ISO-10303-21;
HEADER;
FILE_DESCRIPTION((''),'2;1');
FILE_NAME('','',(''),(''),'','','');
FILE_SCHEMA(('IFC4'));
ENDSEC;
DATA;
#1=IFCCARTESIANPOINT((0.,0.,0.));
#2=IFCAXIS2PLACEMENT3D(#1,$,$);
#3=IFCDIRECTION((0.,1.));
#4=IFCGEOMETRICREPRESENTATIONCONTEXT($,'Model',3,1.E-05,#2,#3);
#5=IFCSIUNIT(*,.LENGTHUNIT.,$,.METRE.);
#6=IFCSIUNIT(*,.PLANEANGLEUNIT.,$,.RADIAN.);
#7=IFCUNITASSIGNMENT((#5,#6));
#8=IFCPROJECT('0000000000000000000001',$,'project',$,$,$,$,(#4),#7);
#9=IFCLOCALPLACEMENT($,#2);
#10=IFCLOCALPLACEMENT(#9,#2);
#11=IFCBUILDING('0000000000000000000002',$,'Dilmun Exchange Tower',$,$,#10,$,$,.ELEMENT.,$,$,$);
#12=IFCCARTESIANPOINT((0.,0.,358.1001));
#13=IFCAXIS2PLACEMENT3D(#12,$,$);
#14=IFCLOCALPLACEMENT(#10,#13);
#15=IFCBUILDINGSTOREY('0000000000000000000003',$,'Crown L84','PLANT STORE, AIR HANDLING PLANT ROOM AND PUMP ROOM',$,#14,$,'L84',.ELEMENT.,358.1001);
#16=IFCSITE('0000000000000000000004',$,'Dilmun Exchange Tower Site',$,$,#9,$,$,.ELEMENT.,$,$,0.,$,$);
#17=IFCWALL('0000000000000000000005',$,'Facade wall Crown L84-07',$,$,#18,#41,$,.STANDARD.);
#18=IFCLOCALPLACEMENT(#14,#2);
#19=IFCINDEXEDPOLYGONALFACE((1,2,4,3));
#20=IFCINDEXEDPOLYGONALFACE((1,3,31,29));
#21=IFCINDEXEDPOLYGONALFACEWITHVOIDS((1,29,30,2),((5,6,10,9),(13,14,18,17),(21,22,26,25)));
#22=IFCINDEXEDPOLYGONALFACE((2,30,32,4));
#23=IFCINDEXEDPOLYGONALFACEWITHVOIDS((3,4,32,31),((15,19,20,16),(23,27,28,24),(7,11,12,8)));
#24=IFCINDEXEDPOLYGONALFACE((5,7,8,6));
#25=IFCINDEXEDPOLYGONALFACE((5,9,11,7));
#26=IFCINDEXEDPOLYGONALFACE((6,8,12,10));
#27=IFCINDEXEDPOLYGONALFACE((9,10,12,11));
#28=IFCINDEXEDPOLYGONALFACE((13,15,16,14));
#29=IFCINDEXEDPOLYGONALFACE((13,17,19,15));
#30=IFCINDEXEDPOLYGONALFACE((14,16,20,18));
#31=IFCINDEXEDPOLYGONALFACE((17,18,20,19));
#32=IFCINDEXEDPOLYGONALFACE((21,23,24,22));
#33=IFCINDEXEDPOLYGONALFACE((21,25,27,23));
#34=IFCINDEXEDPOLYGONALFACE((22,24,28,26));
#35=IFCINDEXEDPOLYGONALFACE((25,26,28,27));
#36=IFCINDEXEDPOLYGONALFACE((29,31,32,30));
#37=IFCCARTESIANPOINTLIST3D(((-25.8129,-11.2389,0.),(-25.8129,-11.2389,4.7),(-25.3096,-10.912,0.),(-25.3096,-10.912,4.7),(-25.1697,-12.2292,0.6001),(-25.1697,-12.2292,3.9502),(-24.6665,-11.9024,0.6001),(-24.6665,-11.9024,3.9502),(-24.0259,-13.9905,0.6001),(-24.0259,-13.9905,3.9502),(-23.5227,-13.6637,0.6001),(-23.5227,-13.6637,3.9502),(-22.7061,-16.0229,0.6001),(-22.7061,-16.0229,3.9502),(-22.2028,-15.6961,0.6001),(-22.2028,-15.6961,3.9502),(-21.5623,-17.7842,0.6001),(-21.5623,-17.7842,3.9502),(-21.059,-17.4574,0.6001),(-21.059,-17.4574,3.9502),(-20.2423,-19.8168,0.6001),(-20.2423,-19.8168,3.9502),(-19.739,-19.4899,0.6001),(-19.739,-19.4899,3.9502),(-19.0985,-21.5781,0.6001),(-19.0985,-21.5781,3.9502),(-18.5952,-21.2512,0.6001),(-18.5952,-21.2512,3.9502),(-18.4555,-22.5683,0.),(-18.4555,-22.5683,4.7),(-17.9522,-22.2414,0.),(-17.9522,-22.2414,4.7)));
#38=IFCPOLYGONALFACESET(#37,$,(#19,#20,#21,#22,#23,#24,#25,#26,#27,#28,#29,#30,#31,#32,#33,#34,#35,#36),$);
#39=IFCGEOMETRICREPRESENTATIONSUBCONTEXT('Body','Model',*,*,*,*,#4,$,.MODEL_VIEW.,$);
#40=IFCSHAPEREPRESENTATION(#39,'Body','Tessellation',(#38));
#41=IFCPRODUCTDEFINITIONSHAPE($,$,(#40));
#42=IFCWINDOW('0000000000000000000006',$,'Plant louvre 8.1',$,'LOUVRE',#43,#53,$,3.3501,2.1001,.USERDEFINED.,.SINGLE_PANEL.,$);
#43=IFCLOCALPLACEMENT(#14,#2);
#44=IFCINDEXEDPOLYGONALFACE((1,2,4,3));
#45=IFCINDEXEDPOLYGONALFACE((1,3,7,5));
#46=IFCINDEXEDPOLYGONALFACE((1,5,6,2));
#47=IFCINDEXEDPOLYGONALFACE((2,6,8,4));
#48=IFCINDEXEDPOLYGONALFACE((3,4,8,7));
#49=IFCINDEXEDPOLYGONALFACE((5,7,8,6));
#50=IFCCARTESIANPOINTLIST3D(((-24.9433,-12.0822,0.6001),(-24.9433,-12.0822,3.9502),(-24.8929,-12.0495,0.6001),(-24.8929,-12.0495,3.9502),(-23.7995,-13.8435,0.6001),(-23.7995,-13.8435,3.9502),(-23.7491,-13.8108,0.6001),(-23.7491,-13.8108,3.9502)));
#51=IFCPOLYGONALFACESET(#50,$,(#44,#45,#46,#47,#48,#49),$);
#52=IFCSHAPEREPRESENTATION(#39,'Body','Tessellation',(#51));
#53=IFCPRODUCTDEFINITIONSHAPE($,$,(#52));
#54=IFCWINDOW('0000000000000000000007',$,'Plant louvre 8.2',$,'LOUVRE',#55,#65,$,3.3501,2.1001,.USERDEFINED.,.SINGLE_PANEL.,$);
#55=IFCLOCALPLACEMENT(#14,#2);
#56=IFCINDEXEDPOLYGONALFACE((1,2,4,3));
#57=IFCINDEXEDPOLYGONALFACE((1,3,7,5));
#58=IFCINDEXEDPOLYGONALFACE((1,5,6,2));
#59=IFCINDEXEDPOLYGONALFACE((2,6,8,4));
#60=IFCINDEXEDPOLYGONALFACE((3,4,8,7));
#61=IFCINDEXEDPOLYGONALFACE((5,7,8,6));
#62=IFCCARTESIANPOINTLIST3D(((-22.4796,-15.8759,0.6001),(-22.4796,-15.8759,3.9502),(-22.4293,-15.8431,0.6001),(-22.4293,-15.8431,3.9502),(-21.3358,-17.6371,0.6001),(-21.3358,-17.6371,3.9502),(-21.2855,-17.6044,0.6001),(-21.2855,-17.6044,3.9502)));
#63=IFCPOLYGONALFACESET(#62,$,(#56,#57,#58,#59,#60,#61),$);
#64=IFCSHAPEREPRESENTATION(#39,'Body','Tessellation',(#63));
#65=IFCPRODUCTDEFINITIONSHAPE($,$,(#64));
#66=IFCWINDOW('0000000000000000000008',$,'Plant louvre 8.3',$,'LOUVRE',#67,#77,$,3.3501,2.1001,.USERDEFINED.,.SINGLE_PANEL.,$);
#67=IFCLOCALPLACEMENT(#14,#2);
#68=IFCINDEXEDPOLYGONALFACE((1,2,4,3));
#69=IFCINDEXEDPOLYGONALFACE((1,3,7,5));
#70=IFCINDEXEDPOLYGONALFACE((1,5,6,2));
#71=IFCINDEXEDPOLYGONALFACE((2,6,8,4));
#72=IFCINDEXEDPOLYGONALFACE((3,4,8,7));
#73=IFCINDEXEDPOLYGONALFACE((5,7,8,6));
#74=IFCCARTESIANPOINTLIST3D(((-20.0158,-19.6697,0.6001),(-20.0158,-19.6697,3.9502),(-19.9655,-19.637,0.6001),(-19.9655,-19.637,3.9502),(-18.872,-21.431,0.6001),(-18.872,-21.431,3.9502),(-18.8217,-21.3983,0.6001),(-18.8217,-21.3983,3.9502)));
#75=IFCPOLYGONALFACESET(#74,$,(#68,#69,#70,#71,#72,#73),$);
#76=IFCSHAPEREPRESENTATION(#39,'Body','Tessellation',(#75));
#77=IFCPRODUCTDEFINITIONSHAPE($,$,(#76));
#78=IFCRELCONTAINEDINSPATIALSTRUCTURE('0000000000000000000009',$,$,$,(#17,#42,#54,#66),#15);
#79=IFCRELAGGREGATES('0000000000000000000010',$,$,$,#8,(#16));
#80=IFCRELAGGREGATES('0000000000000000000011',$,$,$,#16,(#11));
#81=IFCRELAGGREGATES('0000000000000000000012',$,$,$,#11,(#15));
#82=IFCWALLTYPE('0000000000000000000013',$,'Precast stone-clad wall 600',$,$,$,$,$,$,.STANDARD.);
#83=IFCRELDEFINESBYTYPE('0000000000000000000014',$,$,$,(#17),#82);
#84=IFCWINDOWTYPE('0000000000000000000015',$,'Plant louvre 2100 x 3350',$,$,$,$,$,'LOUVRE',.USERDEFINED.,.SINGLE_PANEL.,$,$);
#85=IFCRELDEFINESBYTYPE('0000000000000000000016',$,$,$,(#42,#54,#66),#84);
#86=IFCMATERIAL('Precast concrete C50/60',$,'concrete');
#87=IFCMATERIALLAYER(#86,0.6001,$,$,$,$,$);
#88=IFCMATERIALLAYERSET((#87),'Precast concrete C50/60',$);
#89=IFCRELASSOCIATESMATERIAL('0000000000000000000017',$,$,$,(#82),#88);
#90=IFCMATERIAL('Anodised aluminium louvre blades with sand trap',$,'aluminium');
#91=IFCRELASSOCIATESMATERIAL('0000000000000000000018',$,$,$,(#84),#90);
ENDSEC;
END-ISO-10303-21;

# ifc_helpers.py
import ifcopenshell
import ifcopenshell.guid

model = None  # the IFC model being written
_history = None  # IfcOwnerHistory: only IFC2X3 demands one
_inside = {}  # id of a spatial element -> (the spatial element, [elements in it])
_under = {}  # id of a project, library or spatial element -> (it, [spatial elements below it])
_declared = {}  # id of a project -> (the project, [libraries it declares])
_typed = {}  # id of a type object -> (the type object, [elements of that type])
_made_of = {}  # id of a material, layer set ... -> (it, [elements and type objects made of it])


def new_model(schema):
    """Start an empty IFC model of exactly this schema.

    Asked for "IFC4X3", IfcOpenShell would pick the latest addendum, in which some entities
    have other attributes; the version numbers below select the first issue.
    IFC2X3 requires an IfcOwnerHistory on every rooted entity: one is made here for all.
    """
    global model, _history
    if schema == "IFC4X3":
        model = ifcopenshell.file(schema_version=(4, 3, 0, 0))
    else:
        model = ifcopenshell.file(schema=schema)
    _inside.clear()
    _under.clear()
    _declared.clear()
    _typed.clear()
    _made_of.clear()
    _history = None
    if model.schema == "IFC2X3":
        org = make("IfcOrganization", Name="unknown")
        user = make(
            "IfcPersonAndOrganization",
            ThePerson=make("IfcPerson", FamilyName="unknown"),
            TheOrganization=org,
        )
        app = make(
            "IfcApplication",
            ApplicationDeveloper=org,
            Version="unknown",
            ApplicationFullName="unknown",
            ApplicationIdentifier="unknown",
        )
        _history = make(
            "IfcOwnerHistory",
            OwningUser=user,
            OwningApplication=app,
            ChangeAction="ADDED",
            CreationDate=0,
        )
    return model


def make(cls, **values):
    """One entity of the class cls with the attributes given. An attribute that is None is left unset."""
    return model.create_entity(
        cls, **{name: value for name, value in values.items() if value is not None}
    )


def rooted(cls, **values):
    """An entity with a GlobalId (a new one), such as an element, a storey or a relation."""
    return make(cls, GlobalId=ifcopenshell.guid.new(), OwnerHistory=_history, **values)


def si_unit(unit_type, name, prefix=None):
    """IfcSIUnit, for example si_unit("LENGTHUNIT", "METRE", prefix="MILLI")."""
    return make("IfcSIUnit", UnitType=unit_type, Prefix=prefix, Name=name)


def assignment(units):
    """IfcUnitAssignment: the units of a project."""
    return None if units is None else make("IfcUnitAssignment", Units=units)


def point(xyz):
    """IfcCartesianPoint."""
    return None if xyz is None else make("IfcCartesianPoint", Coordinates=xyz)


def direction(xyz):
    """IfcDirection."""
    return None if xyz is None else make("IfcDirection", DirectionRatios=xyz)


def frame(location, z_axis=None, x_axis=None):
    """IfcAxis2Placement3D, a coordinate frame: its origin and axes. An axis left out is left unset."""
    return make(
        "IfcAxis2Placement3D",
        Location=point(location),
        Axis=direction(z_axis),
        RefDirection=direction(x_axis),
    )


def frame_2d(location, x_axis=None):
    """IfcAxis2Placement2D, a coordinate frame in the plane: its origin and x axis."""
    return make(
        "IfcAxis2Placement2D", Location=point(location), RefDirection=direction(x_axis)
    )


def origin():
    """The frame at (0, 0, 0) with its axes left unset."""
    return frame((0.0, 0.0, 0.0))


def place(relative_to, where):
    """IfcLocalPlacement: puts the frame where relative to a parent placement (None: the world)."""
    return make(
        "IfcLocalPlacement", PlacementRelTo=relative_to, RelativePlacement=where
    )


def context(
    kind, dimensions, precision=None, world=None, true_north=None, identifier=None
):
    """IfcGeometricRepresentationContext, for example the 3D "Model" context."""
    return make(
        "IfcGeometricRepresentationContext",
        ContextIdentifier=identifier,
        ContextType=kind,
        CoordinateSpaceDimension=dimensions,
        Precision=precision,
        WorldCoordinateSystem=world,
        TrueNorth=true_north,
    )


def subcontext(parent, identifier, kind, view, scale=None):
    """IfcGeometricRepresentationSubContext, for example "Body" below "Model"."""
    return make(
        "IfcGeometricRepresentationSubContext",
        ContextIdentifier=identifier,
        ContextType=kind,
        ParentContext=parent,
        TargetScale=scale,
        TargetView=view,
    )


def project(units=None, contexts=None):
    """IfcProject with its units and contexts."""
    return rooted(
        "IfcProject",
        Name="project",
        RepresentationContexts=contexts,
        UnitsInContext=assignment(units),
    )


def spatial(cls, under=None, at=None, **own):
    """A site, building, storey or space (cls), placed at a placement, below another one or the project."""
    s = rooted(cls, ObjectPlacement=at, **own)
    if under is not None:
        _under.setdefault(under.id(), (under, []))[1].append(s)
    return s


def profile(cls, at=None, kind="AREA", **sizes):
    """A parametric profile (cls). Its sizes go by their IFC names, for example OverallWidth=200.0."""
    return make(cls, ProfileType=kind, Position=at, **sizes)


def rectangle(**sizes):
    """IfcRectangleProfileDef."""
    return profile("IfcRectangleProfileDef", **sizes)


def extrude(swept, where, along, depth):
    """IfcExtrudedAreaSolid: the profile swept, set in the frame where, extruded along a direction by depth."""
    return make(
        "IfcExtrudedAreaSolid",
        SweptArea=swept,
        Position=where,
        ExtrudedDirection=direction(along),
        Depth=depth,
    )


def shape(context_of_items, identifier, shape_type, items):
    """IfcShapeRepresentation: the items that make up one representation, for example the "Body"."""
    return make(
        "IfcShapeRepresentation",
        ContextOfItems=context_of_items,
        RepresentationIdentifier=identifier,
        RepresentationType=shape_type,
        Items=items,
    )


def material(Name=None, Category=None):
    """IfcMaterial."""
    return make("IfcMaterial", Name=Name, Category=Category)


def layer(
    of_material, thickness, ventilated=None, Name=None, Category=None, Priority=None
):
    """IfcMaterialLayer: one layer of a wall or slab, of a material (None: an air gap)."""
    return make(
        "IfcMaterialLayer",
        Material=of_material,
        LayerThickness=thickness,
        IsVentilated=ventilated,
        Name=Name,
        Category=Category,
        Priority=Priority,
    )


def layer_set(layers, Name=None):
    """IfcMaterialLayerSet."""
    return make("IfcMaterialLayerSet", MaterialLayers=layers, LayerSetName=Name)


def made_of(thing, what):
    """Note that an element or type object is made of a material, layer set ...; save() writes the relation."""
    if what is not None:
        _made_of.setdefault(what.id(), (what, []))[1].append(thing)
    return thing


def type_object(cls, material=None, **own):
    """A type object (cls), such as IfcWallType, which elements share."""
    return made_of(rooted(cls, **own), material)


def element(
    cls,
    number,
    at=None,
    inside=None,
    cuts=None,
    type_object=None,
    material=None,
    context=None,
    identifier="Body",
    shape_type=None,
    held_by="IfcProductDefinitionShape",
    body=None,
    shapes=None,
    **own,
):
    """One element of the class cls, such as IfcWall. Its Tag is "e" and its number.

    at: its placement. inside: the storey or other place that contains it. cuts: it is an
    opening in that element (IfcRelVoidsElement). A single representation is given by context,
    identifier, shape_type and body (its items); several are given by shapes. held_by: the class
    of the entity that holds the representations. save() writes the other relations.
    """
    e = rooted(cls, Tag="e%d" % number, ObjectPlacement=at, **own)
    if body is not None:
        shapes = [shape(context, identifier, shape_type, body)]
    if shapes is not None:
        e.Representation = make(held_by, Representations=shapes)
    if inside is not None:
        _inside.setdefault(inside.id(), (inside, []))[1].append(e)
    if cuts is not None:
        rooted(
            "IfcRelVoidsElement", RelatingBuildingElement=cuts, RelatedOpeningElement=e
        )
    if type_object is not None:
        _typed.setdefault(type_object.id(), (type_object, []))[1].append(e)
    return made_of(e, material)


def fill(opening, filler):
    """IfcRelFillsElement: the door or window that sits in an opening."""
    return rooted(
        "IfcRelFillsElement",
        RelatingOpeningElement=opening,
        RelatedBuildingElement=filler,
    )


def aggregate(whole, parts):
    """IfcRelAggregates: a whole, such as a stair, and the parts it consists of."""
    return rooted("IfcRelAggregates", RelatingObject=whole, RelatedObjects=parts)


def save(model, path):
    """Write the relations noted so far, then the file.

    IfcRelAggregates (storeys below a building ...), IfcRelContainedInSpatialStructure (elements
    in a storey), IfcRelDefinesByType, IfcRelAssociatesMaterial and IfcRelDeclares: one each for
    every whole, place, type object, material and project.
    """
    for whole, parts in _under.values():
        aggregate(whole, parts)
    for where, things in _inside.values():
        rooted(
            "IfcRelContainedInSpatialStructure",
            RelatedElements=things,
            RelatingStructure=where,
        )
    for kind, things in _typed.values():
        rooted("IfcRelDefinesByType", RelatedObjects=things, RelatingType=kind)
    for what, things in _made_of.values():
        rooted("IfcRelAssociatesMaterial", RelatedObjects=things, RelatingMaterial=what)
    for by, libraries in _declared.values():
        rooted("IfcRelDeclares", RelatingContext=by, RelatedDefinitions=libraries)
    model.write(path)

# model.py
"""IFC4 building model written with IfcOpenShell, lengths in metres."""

from ifc_helpers import new_model, si_unit, direction, frame, frame_2d, origin, place, context, subcontext, project, spatial, rectangle, extrude, material, layer, layer_set, type_object, element, fill, save


model = new_model("IFC4")

# Units and contexts
model_context = context("Model", 3, precision=1e-05, world=origin(), true_north=direction((0.0, 1.0)))
body_context = subcontext(model_context, "Body", "Model", "MODEL_VIEW")
ifc_project = project(units=[si_unit("LENGTHUNIT", "METRE"), si_unit("PLANEANGLEUNIT", "RADIAN")], contexts=[model_context])

# Site, building, storey
site_placement = place(None, origin())
site = spatial("IfcSite", under=ifc_project, at=site_placement, Name="Dilmun Exchange Tower Site", CompositionType="ELEMENT", RefElevation=0.0)
building_placement = place(site_placement, origin())
building = spatial("IfcBuilding", under=site, at=building_placement, Name="Dilmun Exchange Tower", CompositionType="ELEMENT")
storey_placement = place(building_placement, frame((0.0, 0.0, 358.1001)))
storey = spatial("IfcBuildingStorey", under=building, at=storey_placement, Name="Crown L84", Description="PLANT STORE, AIR HANDLING PLANT ROOM AND PUMP ROOM", LongName="L84", CompositionType="ELEMENT", Elevation=358.1001)

# Wall, openings, windows
ifc_material_1 = material(Name="Precast concrete C50/60", Category="concrete")
ifc_layer_1 = layer(ifc_material_1, 0.6001)
ifc_layer_set_1 = layer_set([ifc_layer_1], Name="Precast concrete C50/60")
wall_type_1 = type_object("IfcWallType", Name="Precast stone-clad wall 600", PredefinedType="STANDARD", material=ifc_layer_set_1)
wall_1_placement = place(storey_placement, frame((-25.5613, -11.0754, 0.0), z_axis=(0.0, 0.0, 1.0), x_axis=(0.544642, -0.838669, 0.0)))
wall_1 = element("IfcWall", 1, at=wall_1_placement, inside=storey, type_object=wall_type_1, Name="Facade wall Crown L84-07", PredefinedType="STANDARD", context=body_context, shape_type="SweptSolid", body=[
    extrude(rectangle(XDim=13.5088, YDim=0.6001, at=frame_2d((6.7544, 0.0))), origin(), (0.0, 0.0, 1.0), 4.7),
])
opening_1_placement = place(wall_1_placement, frame((1.1809, 0.0, 0.6001)))
opening_1 = element("IfcOpeningElement", 2, at=opening_1_placement, cuts=wall_1, PredefinedType="OPENING", context=body_context, shape_type="SweptSolid", body=[
    extrude(rectangle(XDim=2.1001, YDim=3.3501, at=frame_2d((1.05, 1.675))), frame((0.0, 0.3101, 0.0), z_axis=(0.0, -1.0, 0.0), x_axis=(1.0, 0.0, 0.0)), (0.0, 0.0, 1.0), 0.6201),
])
opening_2_placement = place(wall_1_placement, frame((5.7043, 0.0, 0.6001)))
opening_2 = element("IfcOpeningElement", 3, at=opening_2_placement, cuts=wall_1, PredefinedType="OPENING", context=body_context, shape_type="SweptSolid", body=[
    extrude(rectangle(XDim=2.1001, YDim=3.3501, at=frame_2d((1.05, 1.675))), frame((0.0, 0.3101, 0.0), z_axis=(0.0, -1.0, 0.0), x_axis=(1.0, 0.0, 0.0)), (0.0, 0.0, 1.0), 0.6201),
])
opening_3_placement = place(wall_1_placement, frame((10.228, 0.0, 0.6001)))
opening_3 = element("IfcOpeningElement", 4, at=opening_3_placement, cuts=wall_1, PredefinedType="OPENING", context=body_context, shape_type="SweptSolid", body=[
    extrude(rectangle(XDim=2.1001, YDim=3.3501, at=frame_2d((1.05, 1.675))), frame((0.0, 0.3101, 0.0), z_axis=(0.0, -1.0, 0.0), x_axis=(1.0, 0.0, 0.0)), (0.0, 0.0, 1.0), 0.6201),
])
ifc_material_2 = material(Name="Anodised aluminium louvre blades with sand trap", Category="aluminium")
window_type = type_object("IfcWindowType", Name="Plant louvre 2100 x 3350", ElementType="LOUVRE", PartitioningType="SINGLE_PANEL", PredefinedType="USERDEFINED", material=ifc_material_2)
window_1_placement = place(opening_1_placement, origin())
window_1 = element("IfcWindow", 5, at=window_1_placement, inside=storey, type_object=window_type, Name="Plant louvre 8.1", ObjectType="LOUVRE", OverallHeight=3.3501, OverallWidth=2.1001, PartitioningType="SINGLE_PANEL", PredefinedType="USERDEFINED", context=body_context, shape_type="SweptSolid", body=[
    extrude(rectangle(XDim=2.1001, YDim=3.3501, at=frame_2d((1.05, 1.675))), frame((0.0, 0.03, 0.0), z_axis=(0.0, -1.0, 0.0), x_axis=(1.0, 0.0, 0.0)), (0.0, 0.0, 1.0), 0.0601),
])
fill(opening_1, window_1)
window_2_placement = place(opening_2_placement, origin())
window_2 = element("IfcWindow", 6, at=window_2_placement, inside=storey, type_object=window_type, Name="Plant louvre 8.2", ObjectType="LOUVRE", OverallHeight=3.3501, OverallWidth=2.1001, PartitioningType="SINGLE_PANEL", PredefinedType="USERDEFINED", context=body_context, shape_type="SweptSolid", body=[
    extrude(rectangle(XDim=2.1001, YDim=3.3501, at=frame_2d((1.05, 1.675))), frame((0.0, 0.03, 0.0), z_axis=(0.0, -1.0, 0.0), x_axis=(1.0, 0.0, 0.0)), (0.0, 0.0, 1.0), 0.0601),
])
fill(opening_2, window_2)
window_3_placement = place(opening_3_placement, origin())
window_3 = element("IfcWindow", 7, at=window_3_placement, inside=storey, type_object=window_type, Name="Plant louvre 8.3", ObjectType="LOUVRE", OverallHeight=3.3501, OverallWidth=2.1001, PartitioningType="SINGLE_PANEL", PredefinedType="USERDEFINED", context=body_context, shape_type="SweptSolid", body=[
    extrude(rectangle(XDim=2.1001, YDim=3.3501, at=frame_2d((1.05, 1.675))), frame((0.0, 0.03, 0.0), z_axis=(0.0, -1.0, 0.0), x_axis=(1.0, 0.0, 0.0)), (0.0, 0.0, 1.0), 0.0601),
])
fill(opening_3, window_3)

save(model, "model.ifc")
